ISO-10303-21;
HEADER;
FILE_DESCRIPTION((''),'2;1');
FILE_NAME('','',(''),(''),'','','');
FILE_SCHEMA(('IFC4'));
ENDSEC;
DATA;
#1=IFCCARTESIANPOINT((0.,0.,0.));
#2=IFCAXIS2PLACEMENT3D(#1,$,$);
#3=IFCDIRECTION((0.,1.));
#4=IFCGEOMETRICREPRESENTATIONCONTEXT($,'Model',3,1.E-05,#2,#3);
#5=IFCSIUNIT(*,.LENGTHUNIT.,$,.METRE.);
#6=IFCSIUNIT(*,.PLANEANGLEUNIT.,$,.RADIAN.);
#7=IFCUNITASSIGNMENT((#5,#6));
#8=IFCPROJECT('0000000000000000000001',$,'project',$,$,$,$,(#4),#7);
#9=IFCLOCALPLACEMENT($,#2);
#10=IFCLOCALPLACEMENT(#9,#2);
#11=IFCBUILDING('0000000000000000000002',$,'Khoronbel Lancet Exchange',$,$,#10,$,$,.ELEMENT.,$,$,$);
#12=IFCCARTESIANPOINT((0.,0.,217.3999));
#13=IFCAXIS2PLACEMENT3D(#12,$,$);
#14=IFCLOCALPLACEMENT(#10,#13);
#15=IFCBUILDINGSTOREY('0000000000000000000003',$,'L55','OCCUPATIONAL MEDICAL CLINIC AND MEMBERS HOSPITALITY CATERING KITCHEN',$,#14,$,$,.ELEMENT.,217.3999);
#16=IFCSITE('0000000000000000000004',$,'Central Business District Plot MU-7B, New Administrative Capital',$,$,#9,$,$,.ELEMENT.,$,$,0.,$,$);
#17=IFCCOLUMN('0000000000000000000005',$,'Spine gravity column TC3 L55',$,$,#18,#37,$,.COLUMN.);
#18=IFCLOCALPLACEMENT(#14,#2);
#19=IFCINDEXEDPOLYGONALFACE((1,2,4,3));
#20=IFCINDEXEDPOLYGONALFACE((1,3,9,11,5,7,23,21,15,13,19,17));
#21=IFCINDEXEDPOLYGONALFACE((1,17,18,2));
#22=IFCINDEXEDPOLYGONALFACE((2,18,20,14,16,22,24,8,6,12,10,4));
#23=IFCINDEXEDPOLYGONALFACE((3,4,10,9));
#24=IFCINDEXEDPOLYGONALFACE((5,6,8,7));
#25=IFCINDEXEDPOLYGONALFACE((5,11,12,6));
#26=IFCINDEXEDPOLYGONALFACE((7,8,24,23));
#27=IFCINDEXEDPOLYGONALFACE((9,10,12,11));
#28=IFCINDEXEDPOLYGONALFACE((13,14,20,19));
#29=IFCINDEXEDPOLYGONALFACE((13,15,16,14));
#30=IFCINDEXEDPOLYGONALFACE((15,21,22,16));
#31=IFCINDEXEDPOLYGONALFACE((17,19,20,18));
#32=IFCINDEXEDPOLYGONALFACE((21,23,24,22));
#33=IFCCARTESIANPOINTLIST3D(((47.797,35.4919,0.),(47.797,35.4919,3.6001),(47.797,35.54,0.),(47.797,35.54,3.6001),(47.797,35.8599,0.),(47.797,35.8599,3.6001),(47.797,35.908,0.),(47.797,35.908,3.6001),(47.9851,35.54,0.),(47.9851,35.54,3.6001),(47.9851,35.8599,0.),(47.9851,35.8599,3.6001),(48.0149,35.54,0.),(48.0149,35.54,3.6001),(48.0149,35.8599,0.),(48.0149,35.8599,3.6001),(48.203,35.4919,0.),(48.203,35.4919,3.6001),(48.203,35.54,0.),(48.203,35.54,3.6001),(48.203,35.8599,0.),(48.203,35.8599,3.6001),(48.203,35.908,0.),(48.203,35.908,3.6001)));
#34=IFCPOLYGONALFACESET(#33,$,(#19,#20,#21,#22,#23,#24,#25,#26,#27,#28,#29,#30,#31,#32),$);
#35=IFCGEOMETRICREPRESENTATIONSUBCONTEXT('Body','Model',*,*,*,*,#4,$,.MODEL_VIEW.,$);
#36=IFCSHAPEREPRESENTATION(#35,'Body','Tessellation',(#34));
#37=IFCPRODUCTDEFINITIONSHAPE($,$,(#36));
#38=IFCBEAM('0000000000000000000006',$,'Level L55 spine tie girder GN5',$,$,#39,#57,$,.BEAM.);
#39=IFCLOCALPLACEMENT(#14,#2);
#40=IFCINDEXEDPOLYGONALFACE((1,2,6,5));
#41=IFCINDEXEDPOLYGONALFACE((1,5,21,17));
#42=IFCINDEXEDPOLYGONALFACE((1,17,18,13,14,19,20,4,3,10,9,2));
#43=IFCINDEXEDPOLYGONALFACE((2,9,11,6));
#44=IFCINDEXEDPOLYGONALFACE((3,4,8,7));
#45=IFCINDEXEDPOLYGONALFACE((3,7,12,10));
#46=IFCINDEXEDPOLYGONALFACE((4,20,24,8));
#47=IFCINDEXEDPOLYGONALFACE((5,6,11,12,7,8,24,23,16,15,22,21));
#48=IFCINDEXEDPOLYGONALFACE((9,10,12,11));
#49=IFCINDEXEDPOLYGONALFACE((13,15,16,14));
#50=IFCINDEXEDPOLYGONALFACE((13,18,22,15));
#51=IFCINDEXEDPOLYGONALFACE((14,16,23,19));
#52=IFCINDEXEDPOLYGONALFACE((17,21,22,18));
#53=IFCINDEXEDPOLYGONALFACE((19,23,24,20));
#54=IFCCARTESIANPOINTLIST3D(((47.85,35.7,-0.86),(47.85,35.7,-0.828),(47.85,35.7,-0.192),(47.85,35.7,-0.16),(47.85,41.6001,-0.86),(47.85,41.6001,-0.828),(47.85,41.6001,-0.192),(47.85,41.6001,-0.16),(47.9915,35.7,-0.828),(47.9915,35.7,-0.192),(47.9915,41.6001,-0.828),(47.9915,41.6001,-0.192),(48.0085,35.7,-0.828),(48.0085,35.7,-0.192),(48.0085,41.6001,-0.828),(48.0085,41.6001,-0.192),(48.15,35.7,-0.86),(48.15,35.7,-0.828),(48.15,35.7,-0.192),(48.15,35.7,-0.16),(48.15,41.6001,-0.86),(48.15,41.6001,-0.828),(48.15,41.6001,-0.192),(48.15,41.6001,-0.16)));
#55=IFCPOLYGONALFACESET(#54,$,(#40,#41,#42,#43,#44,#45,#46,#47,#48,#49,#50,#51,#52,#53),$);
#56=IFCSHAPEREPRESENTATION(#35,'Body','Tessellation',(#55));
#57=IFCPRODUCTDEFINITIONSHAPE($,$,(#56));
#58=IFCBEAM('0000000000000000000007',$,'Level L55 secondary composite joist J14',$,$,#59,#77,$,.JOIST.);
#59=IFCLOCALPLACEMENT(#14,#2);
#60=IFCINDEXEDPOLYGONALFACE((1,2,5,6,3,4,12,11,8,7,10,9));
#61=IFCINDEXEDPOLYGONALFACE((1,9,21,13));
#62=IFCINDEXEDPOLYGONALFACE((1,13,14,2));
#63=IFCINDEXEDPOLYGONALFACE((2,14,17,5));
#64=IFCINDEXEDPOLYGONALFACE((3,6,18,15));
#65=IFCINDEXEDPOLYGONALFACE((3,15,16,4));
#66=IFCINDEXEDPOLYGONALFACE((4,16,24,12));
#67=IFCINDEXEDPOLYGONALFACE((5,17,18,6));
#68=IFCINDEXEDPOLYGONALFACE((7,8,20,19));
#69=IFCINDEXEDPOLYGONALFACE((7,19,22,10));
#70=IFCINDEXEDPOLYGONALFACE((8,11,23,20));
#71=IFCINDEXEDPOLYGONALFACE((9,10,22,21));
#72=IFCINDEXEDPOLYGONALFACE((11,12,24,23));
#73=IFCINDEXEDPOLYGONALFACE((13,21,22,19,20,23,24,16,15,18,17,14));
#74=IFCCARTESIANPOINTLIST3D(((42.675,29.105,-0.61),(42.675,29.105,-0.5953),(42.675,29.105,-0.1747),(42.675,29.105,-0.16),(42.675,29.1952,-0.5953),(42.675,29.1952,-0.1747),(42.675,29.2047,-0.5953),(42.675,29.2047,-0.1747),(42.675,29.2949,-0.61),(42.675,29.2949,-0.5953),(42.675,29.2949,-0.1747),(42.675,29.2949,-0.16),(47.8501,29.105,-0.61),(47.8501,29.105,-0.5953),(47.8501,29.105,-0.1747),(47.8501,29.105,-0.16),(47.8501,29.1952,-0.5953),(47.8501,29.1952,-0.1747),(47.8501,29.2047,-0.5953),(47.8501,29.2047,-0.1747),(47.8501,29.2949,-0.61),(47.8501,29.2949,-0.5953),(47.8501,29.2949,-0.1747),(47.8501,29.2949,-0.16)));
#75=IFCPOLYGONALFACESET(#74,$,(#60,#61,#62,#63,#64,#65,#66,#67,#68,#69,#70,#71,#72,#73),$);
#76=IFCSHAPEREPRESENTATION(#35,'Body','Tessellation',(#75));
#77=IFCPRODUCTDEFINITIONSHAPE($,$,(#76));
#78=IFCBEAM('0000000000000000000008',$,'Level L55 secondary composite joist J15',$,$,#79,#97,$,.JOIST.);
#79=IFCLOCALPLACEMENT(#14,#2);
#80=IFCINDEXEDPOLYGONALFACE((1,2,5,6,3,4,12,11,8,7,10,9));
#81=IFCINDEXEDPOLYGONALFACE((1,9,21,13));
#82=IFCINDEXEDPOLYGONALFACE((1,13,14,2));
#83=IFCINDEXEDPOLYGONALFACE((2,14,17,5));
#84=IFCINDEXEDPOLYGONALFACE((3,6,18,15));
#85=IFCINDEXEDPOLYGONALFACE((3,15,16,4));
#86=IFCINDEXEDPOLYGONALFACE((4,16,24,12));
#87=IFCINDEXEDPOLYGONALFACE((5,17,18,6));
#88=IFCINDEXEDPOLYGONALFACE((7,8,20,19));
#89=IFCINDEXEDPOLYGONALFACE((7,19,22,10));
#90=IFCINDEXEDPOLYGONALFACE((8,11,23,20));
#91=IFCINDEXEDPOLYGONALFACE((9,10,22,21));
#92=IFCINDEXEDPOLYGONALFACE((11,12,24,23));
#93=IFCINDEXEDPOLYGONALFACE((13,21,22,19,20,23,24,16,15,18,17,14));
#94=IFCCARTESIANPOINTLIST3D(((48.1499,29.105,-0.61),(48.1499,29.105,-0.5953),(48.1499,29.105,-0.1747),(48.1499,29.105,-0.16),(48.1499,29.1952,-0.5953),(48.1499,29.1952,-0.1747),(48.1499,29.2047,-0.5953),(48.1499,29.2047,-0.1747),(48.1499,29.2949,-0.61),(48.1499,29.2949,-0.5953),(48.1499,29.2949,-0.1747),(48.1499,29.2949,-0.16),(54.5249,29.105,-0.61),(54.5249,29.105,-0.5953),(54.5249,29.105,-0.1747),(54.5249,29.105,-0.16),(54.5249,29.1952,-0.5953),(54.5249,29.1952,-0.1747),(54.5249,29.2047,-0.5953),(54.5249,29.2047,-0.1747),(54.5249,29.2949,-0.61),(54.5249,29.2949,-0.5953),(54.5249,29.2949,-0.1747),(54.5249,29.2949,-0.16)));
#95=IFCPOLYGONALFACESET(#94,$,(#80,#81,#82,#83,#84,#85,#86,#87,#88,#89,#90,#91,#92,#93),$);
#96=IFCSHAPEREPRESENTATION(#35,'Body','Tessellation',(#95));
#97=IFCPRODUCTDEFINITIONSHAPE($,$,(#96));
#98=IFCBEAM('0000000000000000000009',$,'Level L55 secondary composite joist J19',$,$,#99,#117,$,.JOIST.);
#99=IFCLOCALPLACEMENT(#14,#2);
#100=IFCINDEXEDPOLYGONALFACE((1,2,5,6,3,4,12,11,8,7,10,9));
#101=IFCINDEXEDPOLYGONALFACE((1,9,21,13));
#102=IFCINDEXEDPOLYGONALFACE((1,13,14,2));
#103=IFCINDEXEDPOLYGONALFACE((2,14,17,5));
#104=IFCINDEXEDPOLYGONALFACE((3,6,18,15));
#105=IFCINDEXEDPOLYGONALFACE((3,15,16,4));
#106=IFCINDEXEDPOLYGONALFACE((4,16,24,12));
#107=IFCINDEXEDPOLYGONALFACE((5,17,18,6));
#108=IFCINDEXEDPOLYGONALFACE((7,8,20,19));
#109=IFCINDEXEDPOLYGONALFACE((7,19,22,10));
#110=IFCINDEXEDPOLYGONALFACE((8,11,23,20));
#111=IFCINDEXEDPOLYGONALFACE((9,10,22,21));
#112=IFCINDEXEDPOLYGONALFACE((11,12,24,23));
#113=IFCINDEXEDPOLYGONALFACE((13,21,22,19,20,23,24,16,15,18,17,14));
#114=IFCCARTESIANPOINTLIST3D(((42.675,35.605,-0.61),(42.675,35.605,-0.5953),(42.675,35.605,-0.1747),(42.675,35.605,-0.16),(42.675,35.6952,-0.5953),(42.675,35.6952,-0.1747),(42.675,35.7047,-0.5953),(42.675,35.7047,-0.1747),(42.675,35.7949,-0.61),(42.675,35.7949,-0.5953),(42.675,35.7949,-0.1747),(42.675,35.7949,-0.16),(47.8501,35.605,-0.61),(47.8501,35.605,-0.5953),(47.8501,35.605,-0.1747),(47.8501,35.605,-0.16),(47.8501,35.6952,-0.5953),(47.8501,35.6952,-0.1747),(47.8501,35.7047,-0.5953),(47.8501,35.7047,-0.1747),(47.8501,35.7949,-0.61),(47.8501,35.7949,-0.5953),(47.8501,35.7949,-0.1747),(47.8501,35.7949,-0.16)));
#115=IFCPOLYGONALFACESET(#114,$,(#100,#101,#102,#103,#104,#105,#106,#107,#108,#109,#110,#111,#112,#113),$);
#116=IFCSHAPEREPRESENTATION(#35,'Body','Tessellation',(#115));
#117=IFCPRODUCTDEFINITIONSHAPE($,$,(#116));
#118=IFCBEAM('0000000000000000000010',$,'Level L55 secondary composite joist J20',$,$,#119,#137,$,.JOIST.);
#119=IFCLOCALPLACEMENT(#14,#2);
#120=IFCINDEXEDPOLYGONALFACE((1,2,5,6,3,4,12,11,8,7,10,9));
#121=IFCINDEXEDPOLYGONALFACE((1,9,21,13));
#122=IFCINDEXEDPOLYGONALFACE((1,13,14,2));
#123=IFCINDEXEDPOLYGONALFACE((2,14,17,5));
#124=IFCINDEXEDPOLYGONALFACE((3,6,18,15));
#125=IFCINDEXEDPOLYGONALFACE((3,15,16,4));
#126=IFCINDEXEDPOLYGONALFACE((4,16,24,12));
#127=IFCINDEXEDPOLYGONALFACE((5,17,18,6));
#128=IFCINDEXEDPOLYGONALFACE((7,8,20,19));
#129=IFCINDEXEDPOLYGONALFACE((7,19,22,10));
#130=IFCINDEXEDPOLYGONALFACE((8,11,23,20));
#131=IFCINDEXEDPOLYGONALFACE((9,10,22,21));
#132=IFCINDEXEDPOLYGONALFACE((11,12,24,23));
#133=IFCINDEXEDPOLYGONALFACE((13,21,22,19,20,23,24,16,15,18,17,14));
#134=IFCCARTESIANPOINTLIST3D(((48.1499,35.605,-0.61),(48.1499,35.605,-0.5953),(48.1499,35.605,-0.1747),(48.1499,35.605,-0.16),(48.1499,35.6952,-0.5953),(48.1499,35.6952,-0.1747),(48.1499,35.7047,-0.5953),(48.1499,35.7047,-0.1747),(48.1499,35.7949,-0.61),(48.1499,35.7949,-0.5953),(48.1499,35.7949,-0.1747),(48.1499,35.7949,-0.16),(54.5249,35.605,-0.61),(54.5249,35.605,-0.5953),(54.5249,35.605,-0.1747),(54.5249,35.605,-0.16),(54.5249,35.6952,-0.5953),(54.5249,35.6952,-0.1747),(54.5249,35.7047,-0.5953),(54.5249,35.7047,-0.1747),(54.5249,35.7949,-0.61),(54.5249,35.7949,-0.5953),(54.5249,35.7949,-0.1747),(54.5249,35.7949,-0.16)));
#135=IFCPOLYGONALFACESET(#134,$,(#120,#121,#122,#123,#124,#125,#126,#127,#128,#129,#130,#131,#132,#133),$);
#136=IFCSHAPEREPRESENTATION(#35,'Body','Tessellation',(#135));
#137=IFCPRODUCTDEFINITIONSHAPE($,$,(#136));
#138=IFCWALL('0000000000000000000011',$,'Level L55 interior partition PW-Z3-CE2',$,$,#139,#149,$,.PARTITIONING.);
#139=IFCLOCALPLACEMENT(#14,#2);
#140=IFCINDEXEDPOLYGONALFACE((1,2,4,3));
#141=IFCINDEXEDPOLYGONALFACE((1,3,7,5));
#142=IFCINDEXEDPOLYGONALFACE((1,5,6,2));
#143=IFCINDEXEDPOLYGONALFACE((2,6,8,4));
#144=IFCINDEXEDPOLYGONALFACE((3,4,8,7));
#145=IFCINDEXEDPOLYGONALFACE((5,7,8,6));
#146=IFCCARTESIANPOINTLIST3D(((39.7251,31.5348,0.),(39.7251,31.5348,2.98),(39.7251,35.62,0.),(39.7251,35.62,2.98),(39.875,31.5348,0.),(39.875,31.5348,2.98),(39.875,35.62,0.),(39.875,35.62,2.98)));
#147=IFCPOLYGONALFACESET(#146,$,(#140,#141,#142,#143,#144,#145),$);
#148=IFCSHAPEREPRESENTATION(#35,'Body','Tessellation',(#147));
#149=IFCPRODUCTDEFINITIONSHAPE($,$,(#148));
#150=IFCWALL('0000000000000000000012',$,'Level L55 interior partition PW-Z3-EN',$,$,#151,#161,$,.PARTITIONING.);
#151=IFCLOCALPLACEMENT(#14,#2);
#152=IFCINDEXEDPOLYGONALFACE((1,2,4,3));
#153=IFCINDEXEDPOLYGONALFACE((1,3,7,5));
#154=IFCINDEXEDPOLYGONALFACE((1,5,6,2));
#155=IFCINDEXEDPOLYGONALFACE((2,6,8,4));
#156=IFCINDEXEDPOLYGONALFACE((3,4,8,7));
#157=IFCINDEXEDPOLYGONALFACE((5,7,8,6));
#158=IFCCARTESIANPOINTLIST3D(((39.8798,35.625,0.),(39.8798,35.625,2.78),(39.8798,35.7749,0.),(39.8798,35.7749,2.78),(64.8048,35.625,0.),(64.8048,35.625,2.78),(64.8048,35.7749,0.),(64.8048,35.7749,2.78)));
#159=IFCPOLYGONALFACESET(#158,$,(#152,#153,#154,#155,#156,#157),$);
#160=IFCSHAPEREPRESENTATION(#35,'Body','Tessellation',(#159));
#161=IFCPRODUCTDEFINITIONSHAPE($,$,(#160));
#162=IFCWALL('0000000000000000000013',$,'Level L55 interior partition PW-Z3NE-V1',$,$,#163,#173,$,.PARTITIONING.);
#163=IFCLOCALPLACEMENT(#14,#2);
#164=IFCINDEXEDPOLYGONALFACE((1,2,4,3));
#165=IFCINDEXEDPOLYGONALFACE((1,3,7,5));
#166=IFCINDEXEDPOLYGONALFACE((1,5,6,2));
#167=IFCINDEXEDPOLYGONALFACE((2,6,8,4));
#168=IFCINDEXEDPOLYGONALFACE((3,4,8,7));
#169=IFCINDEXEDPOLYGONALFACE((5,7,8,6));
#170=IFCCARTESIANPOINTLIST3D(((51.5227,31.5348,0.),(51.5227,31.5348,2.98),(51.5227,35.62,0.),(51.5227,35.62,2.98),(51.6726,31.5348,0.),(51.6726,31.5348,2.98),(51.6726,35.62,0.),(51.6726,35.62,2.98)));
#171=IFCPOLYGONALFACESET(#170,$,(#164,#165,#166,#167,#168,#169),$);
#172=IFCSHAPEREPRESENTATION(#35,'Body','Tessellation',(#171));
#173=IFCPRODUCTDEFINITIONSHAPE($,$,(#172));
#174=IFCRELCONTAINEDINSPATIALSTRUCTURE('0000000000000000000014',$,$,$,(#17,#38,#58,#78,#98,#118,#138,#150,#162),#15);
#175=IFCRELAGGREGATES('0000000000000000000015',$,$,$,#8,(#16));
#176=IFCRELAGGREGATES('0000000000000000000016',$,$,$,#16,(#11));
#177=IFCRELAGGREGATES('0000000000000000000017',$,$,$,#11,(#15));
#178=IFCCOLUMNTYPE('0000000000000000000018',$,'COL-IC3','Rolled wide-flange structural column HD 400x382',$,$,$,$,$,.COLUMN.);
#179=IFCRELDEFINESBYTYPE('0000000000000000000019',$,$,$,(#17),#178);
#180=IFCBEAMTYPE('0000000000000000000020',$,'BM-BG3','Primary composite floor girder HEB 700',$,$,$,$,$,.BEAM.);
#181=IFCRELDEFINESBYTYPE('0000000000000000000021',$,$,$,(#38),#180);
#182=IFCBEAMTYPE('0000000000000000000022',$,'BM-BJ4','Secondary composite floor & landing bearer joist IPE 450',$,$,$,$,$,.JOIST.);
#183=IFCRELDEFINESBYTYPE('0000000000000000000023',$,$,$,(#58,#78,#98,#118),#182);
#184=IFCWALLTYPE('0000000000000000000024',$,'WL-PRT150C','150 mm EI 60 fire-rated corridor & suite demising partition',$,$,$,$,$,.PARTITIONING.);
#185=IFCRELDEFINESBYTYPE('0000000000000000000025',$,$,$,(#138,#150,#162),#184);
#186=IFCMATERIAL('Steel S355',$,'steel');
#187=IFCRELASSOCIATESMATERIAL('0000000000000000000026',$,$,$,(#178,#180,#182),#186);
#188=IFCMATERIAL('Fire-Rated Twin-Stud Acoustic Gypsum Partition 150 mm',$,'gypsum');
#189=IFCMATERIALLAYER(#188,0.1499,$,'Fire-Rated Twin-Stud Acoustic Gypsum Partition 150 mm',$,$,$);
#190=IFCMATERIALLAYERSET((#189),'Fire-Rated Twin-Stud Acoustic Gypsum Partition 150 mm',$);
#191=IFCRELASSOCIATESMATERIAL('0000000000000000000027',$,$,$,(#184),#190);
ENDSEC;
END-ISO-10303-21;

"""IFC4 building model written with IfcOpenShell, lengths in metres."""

from ifc_helpers import new_model, si_unit, direction, frame, frame_2d, origin, origin_2d, place, context, subcontext, project, spatial, rectangle, i_section, extrude, material, layer, layer_set, material_profile, profile_set, type_object, element, save


model = new_model("IFC4")

# Units and contexts
model_context = context("Model", 3, precision=1e-05, world=origin(), true_north=direction((0.0, 1.0)))
body_context = subcontext(model_context, "Body", "Model", "MODEL_VIEW")
ifc_project = project(units=[si_unit("LENGTHUNIT", "METRE"), si_unit("PLANEANGLEUNIT", "RADIAN")], contexts=[model_context])

# Site, building, storey
site_placement = place(None, origin())
site = spatial("IfcSite", under=ifc_project, at=site_placement, Name="Central Business District Plot MU-7B, New Administrative Capital", CompositionType="ELEMENT", RefElevation=0.0)
building_placement = place(site_placement, origin())
building = spatial("IfcBuilding", under=site, at=building_placement, Name="Khoronbel Lancet Exchange", CompositionType="ELEMENT")
storey_placement = place(building_placement, frame((0.0, 0.0, 217.3999)))
storey = spatial("IfcBuildingStorey", under=building, at=storey_placement, Name="L55", Description="OCCUPATIONAL MEDICAL CLINIC AND MEMBERS HOSPITALITY CATERING KITCHEN", CompositionType="ELEMENT", Elevation=217.3999)

# Column
ifc_material_1 = material(Name="Steel S355", Category="steel")
ifc_material_profile_1 = material_profile(ifc_material_1, i_section(OverallWidth=0.406, OverallDepth=0.416, WebThickness=0.0298, FlangeThickness=0.0481, at=origin_2d()), Name="HD 400x382")
ifc_profile_set_1 = profile_set([ifc_material_profile_1], Name="Steel S355")
column_type = type_object("IfcColumnType", Name="COL-IC3", Description="Rolled wide-flange structural column HD 400x382", PredefinedType="COLUMN", material=ifc_profile_set_1)
column_placement = place(storey_placement, frame((48.0, 35.7, 0.0), z_axis=(0.0, 0.0, 1.0), x_axis=(1.0, 0.0, 0.0)))
element("IfcColumn", 1, at=column_placement, inside=storey, type_object=column_type, Name="Spine gravity column TC3 L55", PredefinedType="COLUMN", context=body_context, shape_type="SweptSolid", body=[
    extrude(i_section(OverallWidth=0.406, OverallDepth=0.416, WebThickness=0.0298, FlangeThickness=0.0481, at=origin_2d()), origin(), (0.0, 0.0, 1.0), 3.6001),
])

# Beams
ifc_material_profile_2 = material_profile(ifc_material_1, i_section(OverallWidth=0.3, OverallDepth=0.7, WebThickness=0.0171, FlangeThickness=0.032, at=origin_2d()), Name="HEB 700")
ifc_profile_set_2 = profile_set([ifc_material_profile_2], Name="Steel S355")
beam_type_1 = type_object("IfcBeamType", Name="BM-BG3", Description="Primary composite floor girder HEB 700", PredefinedType="BEAM", material=ifc_profile_set_2)
beam_1_placement = place(storey_placement, frame((48.0, 35.7, -0.51), z_axis=(0.0, 1.0, 0.0), x_axis=(-1.0, 0.0, 0.0)))
element("IfcBeam", 2, at=beam_1_placement, inside=storey, type_object=beam_type_1, Name="Level L55 spine tie girder GN5", PredefinedType="BEAM", context=body_context, shape_type="SweptSolid", body=[
    extrude(i_section(OverallWidth=0.3, OverallDepth=0.7, WebThickness=0.0171, FlangeThickness=0.032, at=origin_2d()), origin(), (0.0, 0.0, 1.0), 5.9001),
])
ifc_material_profile_3 = material_profile(ifc_material_1, i_section(OverallWidth=0.1899, OverallDepth=0.45, WebThickness=0.0095, FlangeThickness=0.0146, at=origin_2d()), Name="IPE 450")
ifc_profile_set_3 = profile_set([ifc_material_profile_3], Name="Steel S355")
beam_type_2 = type_object("IfcBeamType", Name="BM-BJ4", Description="Secondary composite floor & landing bearer joist IPE 450", PredefinedType="JOIST", material=ifc_profile_set_3)
beam_2_placement = place(storey_placement, frame((42.675, 29.2, -0.385), z_axis=(1.0, 0.0, 0.0), x_axis=(0.0, 1.0, 0.0)))
element("IfcBeam", 3, at=beam_2_placement, inside=storey, type_object=beam_type_2, Name="Level L55 secondary composite joist J14", PredefinedType="JOIST", context=body_context, shape_type="SweptSolid", body=[
    extrude(i_section(OverallWidth=0.1899, OverallDepth=0.45, WebThickness=0.0095, FlangeThickness=0.0146, at=origin_2d()), origin(), (0.0, 0.0, 1.0), 5.175),
])
beam_3_placement = place(storey_placement, frame((48.1499, 29.2, -0.385), z_axis=(1.0, 0.0, 0.0), x_axis=(0.0, 1.0, 0.0)))
element("IfcBeam", 4, at=beam_3_placement, inside=storey, type_object=beam_type_2, Name="Level L55 secondary composite joist J15", PredefinedType="JOIST", context=body_context, shape_type="SweptSolid", body=[
    extrude(i_section(OverallWidth=0.1899, OverallDepth=0.45, WebThickness=0.0095, FlangeThickness=0.0146, at=origin_2d()), origin(), (0.0, 0.0, 1.0), 6.375),
])
beam_4_placement = place(storey_placement, frame((42.675, 35.7, -0.385), z_axis=(1.0, 0.0, 0.0), x_axis=(0.0, 1.0, 0.0)))
element("IfcBeam", 5, at=beam_4_placement, inside=storey, type_object=beam_type_2, Name="Level L55 secondary composite joist J19", PredefinedType="JOIST", context=body_context, shape_type="SweptSolid", body=[
    extrude(i_section(OverallWidth=0.1899, OverallDepth=0.45, WebThickness=0.0095, FlangeThickness=0.0146, at=origin_2d()), origin(), (0.0, 0.0, 1.0), 5.175),
])
beam_5_placement = place(storey_placement, frame((48.1499, 35.7, -0.385), z_axis=(1.0, 0.0, 0.0), x_axis=(0.0, 1.0, 0.0)))
element("IfcBeam", 6, at=beam_5_placement, inside=storey, type_object=beam_type_2, Name="Level L55 secondary composite joist J20", PredefinedType="JOIST", context=body_context, shape_type="SweptSolid", body=[
    extrude(i_section(OverallWidth=0.1899, OverallDepth=0.45, WebThickness=0.0095, FlangeThickness=0.0146, at=origin_2d()), origin(), (0.0, 0.0, 1.0), 6.375),
])

# Walls
ifc_material_2 = material(Name="Fire-Rated Twin-Stud Acoustic Gypsum Partition 150 mm", Category="gypsum")
ifc_layer_1 = layer(ifc_material_2, 0.1499, Name="Fire-Rated Twin-Stud Acoustic Gypsum Partition 150 mm")
ifc_layer_set_1 = layer_set([ifc_layer_1], Name="Fire-Rated Twin-Stud Acoustic Gypsum Partition 150 mm")
wall_type_1 = type_object("IfcWallType", Name="WL-PRT150C", Description="150 mm EI 60 fire-rated corridor & suite demising partition", PredefinedType="PARTITIONING", material=ifc_layer_set_1)
wall_1_placement = place(storey_placement, frame((39.8, 31.5349, 0.0), z_axis=(0.0, 0.0, 1.0), x_axis=(0.0, 1.0, 0.0)))
element("IfcWall", 7, at=wall_1_placement, inside=storey, type_object=wall_type_1, Name="Level L55 interior partition PW-Z3-CE2", PredefinedType="PARTITIONING", context=body_context, shape_type="SweptSolid", body=[
    extrude(rectangle(XDim=4.0852, YDim=0.1499, at=frame_2d((2.0425, 0.0))), origin(), (0.0, 0.0, 1.0), 2.98),
])
wall_2_placement = place(storey_placement, frame((39.8799, 35.7, 0.0), z_axis=(0.0, 0.0, 1.0), x_axis=(1.0, 0.0, 0.0)))
element("IfcWall", 8, at=wall_2_placement, inside=storey, type_object=wall_type_1, Name="Level L55 interior partition PW-Z3-EN", PredefinedType="PARTITIONING", context=body_context, shape_type="SweptSolid", body=[
    extrude(rectangle(XDim=24.925, YDim=0.1499, at=frame_2d((12.4624, 0.0))), origin(), (0.0, 0.0, 1.0), 2.78),
])
wall_3_placement = place(storey_placement, frame((51.5977, 31.5349, 0.0), z_axis=(0.0, 0.0, 1.0), x_axis=(0.0, 1.0, 0.0)))
element("IfcWall", 9, at=wall_3_placement, inside=storey, type_object=wall_type_1, Name="Level L55 interior partition PW-Z3NE-V1", PredefinedType="PARTITIONING", context=body_context, shape_type="SweptSolid", body=[
    extrude(rectangle(XDim=4.0852, YDim=0.1499, at=frame_2d((2.0425, 0.0))), origin(), (0.0, 0.0, 1.0), 2.98),
])

save(model, "model.ifc")
